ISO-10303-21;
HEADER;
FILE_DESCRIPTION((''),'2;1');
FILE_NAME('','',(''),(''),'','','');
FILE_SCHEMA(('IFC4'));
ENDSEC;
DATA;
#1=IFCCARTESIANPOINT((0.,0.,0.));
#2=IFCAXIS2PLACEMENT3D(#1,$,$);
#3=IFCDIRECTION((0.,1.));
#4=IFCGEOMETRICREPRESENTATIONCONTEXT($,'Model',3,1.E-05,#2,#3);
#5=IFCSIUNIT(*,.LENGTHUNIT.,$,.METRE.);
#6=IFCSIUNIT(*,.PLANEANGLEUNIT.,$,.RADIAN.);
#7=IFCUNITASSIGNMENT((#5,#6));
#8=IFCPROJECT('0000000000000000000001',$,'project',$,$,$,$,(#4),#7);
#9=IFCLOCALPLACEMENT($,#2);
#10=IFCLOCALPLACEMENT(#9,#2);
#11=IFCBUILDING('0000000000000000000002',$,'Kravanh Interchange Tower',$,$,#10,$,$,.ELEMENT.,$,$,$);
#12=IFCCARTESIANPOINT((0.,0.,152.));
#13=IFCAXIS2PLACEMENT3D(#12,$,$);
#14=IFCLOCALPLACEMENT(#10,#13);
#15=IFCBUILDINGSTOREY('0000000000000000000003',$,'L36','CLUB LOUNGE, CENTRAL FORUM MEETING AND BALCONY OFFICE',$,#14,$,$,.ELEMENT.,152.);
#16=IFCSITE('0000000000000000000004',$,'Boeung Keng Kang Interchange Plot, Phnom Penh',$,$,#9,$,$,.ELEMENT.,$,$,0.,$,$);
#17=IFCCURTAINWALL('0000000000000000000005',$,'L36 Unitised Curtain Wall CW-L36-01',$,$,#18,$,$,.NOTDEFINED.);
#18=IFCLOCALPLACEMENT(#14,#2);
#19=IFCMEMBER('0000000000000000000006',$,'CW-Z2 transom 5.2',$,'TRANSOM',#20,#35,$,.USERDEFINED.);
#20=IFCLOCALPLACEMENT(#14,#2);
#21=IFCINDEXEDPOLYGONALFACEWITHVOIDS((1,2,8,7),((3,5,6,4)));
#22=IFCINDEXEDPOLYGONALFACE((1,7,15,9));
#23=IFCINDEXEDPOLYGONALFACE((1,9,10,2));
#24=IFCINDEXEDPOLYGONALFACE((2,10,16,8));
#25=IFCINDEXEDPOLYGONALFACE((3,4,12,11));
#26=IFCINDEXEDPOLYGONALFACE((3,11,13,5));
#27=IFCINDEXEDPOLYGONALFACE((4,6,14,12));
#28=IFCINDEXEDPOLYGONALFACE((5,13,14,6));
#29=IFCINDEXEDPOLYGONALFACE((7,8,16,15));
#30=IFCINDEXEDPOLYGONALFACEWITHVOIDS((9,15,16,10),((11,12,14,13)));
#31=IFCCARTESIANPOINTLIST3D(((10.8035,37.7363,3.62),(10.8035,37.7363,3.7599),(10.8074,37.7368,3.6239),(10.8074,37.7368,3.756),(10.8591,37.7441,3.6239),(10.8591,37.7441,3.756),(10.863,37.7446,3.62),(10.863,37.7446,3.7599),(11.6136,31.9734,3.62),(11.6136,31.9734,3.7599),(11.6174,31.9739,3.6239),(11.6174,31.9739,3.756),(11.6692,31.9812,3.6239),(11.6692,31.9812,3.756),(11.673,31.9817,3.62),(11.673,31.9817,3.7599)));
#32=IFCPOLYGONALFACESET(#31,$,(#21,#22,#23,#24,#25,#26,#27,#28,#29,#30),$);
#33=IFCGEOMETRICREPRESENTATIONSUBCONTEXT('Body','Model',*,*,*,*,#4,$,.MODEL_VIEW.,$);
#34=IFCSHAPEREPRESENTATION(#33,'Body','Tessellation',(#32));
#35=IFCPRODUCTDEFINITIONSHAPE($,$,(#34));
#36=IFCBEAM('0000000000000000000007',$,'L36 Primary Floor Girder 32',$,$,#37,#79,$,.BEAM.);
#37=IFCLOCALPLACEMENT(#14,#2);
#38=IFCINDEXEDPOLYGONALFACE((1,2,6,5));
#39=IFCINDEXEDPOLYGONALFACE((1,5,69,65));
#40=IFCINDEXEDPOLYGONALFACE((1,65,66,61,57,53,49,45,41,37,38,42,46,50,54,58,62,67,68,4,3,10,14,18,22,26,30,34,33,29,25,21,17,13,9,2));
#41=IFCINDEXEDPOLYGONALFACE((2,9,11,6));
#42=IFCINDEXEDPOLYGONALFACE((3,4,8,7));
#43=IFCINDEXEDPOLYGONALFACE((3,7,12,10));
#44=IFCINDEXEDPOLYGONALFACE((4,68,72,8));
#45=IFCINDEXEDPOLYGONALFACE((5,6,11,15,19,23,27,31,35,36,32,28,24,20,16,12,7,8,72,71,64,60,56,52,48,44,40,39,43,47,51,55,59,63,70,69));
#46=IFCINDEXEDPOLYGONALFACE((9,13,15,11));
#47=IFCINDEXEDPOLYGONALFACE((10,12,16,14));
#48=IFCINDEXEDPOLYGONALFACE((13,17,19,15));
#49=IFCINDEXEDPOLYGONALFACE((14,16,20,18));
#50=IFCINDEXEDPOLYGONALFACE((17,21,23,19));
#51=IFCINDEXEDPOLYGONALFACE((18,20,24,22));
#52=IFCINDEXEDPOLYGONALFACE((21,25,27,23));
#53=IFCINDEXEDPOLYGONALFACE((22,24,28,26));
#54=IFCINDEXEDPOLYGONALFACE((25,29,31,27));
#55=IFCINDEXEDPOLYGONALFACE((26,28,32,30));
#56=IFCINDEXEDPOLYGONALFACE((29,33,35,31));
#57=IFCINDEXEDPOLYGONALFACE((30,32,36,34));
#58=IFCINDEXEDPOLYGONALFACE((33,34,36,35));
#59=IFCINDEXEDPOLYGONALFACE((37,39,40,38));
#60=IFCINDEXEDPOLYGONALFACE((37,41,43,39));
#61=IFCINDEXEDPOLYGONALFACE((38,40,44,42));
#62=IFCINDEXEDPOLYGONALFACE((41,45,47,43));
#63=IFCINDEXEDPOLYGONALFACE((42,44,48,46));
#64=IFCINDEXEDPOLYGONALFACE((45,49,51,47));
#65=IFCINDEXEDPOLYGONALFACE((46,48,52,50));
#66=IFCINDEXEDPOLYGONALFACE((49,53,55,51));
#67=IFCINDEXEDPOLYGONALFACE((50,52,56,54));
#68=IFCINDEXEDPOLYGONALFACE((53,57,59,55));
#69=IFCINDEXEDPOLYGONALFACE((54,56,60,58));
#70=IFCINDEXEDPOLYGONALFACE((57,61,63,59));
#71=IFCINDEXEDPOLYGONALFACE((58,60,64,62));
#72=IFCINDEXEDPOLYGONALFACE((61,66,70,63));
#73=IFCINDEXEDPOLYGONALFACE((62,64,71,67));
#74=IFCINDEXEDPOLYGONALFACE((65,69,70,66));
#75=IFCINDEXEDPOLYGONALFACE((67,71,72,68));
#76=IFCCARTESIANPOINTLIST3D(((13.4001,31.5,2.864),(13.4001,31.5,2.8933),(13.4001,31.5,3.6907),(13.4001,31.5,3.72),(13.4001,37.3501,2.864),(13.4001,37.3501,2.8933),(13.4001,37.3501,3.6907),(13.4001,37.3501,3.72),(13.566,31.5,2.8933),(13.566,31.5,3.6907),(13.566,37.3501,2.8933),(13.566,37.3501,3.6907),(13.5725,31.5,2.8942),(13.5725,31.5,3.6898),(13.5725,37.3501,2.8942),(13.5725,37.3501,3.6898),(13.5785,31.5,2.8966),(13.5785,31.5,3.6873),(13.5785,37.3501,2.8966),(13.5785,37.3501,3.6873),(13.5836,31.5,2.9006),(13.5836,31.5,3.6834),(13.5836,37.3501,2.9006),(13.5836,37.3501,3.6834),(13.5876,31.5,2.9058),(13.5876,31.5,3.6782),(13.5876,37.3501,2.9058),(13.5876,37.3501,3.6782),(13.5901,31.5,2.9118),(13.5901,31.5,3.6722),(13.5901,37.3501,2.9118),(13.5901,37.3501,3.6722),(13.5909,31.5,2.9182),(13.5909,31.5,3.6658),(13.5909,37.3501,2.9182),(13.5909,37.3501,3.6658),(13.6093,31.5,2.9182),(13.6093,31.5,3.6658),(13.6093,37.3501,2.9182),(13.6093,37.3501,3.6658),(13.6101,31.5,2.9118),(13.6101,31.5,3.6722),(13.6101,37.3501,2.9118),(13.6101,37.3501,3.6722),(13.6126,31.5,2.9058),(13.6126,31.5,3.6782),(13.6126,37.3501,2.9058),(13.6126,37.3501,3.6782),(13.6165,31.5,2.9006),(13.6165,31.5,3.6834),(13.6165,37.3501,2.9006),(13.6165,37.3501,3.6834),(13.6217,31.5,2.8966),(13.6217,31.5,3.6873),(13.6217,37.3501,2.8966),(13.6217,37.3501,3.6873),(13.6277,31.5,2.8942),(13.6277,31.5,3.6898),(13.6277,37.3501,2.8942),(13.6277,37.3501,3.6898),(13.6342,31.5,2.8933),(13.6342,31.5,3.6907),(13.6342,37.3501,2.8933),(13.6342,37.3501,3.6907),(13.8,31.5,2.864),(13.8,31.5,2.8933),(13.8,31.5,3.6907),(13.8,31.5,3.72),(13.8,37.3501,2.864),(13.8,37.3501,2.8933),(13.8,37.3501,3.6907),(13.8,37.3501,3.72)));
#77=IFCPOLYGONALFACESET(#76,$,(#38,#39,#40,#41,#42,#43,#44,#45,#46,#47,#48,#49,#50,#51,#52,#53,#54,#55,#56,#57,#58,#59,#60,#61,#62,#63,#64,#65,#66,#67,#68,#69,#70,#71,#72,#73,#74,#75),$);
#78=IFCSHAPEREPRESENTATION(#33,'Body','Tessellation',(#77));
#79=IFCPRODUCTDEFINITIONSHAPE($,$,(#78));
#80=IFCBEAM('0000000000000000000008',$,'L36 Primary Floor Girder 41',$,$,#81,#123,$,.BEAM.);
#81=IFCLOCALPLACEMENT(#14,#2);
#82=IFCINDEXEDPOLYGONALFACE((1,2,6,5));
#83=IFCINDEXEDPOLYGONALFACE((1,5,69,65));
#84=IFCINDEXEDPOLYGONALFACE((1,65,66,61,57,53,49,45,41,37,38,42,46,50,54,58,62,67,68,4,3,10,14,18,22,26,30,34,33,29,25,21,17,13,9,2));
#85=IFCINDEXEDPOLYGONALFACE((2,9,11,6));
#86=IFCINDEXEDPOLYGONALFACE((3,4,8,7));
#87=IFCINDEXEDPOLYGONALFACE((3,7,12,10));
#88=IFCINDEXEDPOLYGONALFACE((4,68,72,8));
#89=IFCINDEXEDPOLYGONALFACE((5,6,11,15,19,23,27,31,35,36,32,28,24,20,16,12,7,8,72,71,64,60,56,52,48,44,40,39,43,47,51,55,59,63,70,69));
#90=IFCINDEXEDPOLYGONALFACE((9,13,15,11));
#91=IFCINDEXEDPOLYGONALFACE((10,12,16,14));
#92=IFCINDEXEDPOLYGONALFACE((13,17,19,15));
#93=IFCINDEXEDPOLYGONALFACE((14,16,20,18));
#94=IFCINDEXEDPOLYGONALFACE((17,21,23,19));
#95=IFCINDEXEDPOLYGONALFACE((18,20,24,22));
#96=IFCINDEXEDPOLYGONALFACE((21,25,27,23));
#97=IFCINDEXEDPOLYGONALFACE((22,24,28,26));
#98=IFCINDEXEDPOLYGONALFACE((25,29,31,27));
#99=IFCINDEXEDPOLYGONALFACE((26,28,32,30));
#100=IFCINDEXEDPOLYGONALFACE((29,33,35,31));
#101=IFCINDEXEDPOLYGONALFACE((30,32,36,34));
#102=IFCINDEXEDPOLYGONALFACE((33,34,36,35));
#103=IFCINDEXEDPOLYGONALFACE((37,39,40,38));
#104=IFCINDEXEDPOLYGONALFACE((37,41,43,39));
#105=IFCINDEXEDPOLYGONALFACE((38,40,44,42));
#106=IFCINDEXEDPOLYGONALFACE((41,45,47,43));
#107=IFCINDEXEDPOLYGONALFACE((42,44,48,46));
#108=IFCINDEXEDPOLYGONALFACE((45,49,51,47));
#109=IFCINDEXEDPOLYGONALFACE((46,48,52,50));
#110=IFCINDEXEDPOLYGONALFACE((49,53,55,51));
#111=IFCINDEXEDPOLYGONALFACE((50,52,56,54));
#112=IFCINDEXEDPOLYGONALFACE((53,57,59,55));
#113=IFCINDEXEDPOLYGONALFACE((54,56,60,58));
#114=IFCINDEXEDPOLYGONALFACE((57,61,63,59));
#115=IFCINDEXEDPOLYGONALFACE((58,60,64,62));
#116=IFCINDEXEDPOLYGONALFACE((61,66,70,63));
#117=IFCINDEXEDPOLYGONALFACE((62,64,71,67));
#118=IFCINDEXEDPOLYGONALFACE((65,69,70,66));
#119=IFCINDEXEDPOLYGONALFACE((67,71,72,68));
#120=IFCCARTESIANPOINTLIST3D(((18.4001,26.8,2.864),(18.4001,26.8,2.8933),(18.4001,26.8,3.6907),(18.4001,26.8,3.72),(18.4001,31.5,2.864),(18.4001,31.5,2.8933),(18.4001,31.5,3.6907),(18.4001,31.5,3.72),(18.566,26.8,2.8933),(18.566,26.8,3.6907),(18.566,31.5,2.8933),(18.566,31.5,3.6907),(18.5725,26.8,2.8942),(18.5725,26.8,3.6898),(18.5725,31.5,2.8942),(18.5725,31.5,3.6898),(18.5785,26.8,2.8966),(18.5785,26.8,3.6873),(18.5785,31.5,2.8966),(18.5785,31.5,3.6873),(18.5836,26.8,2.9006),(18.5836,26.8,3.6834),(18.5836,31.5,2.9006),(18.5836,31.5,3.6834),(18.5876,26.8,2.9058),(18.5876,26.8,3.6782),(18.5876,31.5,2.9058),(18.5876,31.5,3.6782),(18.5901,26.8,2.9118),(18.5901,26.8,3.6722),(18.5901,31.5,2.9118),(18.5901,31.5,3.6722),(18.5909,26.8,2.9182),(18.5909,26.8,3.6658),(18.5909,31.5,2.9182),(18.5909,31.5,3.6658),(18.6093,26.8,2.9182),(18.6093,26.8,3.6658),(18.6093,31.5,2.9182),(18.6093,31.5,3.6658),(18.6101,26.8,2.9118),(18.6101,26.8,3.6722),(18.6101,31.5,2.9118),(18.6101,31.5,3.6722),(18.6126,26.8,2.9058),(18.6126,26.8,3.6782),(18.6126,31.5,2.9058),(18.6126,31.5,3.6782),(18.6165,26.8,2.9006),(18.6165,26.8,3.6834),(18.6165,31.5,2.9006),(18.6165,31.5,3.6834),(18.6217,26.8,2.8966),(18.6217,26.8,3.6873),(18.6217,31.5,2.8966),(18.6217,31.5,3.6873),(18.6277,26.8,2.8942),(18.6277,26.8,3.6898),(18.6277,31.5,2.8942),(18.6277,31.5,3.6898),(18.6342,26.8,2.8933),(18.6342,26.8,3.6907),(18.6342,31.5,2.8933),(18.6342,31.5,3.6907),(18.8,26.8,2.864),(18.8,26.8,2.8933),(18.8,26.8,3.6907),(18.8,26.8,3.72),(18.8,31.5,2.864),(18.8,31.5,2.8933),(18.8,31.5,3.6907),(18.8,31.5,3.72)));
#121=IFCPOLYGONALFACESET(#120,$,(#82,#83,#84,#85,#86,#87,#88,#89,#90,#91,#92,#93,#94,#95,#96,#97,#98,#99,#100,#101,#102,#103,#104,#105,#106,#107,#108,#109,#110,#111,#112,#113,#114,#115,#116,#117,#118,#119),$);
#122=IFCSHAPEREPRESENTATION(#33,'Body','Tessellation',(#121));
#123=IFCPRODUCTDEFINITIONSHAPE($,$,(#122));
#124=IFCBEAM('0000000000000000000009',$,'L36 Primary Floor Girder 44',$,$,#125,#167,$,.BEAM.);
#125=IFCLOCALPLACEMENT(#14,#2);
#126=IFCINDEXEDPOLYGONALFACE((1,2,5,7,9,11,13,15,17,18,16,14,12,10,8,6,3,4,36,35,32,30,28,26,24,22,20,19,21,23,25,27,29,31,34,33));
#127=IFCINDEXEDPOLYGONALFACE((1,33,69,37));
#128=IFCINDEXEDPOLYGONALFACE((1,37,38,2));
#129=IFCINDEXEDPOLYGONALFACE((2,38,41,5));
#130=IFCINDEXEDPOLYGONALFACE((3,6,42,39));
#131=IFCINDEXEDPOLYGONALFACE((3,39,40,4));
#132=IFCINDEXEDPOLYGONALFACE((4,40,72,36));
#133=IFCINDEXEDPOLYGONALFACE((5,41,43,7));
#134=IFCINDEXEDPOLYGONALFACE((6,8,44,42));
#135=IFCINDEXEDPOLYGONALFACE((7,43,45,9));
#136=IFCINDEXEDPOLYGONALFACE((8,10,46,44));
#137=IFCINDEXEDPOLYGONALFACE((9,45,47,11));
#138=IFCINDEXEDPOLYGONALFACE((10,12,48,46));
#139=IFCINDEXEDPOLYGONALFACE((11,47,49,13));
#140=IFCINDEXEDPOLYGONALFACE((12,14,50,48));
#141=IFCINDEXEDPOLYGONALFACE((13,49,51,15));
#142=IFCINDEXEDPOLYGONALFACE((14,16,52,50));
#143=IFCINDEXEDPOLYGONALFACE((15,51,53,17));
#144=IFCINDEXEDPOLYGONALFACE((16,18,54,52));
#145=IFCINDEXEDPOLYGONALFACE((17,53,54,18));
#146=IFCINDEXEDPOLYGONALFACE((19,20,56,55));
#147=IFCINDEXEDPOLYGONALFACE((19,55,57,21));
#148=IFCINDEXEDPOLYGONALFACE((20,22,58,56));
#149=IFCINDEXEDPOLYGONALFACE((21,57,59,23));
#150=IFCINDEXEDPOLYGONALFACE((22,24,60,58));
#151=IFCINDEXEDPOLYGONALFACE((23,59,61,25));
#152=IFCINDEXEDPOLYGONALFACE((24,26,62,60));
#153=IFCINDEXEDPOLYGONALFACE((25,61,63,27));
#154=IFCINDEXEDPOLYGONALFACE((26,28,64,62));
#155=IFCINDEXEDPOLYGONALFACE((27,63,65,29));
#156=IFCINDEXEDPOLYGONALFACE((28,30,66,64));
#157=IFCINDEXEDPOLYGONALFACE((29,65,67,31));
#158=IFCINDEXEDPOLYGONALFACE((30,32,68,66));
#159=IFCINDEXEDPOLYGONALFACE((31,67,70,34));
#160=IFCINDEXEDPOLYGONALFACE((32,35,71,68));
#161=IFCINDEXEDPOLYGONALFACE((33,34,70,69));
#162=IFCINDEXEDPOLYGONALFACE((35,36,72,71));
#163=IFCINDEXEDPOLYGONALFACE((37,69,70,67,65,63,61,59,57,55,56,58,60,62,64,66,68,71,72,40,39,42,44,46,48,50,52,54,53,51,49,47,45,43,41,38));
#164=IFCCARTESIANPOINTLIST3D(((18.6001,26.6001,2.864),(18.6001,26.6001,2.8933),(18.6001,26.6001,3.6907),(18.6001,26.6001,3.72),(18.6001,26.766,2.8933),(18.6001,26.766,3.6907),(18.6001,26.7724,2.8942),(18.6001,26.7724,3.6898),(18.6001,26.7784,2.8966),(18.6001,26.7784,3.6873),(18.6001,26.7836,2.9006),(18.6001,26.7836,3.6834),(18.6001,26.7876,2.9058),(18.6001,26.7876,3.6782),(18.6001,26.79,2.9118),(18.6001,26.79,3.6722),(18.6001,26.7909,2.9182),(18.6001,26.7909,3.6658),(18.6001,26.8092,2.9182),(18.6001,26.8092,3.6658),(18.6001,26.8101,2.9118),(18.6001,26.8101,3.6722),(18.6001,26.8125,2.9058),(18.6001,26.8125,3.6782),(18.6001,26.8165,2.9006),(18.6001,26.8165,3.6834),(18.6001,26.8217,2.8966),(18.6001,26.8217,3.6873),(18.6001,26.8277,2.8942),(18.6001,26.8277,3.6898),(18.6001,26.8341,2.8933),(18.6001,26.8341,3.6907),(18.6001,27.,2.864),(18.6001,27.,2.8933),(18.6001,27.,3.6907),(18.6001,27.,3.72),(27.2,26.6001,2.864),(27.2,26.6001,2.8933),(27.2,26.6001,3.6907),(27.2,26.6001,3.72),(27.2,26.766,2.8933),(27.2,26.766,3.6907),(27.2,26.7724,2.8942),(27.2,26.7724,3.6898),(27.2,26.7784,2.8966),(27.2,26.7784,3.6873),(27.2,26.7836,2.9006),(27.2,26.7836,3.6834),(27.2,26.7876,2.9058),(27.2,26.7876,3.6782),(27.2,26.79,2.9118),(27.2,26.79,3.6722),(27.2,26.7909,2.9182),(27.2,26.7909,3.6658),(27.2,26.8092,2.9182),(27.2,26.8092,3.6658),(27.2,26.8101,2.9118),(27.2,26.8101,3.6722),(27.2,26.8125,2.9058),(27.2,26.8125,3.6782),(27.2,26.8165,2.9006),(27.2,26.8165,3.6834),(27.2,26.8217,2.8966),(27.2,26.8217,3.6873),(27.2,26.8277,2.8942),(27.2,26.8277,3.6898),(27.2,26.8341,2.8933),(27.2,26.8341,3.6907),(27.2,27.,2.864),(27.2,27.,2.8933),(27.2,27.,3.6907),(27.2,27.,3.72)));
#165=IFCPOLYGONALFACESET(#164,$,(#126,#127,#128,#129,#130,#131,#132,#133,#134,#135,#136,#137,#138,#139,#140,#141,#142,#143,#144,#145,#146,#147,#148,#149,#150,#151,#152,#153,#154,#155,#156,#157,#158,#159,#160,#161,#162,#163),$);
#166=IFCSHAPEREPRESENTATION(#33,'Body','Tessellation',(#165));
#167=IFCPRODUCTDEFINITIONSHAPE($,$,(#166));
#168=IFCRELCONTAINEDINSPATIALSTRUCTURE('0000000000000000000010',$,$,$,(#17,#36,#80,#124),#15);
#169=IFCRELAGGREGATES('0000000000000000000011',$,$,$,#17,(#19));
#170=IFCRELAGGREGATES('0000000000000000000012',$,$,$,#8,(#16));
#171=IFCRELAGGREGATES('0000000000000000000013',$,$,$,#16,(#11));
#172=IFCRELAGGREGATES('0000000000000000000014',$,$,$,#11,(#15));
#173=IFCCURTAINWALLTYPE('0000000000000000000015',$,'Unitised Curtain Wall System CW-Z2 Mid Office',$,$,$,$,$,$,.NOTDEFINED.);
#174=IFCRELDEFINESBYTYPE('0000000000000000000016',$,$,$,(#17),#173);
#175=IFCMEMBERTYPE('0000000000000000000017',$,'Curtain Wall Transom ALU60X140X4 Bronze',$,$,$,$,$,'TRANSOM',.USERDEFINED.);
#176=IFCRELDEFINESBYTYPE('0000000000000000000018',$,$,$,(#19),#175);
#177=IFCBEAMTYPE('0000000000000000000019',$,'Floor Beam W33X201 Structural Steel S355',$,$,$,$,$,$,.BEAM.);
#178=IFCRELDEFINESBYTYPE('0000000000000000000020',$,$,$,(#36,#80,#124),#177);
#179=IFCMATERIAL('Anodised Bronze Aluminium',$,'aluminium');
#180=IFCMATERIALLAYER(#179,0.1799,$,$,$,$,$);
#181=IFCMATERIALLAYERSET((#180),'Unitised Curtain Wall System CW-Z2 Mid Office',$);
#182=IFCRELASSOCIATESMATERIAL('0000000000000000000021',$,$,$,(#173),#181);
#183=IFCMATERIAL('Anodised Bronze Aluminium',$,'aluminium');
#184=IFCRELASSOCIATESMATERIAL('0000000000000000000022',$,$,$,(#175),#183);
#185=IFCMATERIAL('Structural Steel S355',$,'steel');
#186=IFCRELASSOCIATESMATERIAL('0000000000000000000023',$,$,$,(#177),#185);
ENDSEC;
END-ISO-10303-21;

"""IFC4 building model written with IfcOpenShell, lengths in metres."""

from ifc_helpers import new_model, si_unit, direction, frame, origin, origin_2d, place, context, subcontext, project, spatial, hollow_rectangle, i_section, extrude, material, layer, layer_set, material_profile, profile_set, type_object, element, aggregate, save


model = new_model("IFC4")

# Units and contexts
model_context = context("Model", 3, precision=1e-05, world=origin(), true_north=direction((0.0, 1.0)))
body_context = subcontext(model_context, "Body", "Model", "MODEL_VIEW")
ifc_project = project(units=[si_unit("LENGTHUNIT", "METRE"), si_unit("PLANEANGLEUNIT", "RADIAN")], contexts=[model_context])

# Site, building, storey
site_placement = place(None, origin())
site = spatial("IfcSite", under=ifc_project, at=site_placement, Name="Boeung Keng Kang Interchange Plot, Phnom Penh", CompositionType="ELEMENT", RefElevation=0.0)
building_placement = place(site_placement, origin())
building = spatial("IfcBuilding", under=site, at=building_placement, Name="Kravanh Interchange Tower", CompositionType="ELEMENT")
storey_placement = place(building_placement, frame((0.0, 0.0, 152.0)))
storey = spatial("IfcBuildingStorey", under=building, at=storey_placement, Name="L36", Description="CLUB LOUNGE, CENTRAL FORUM MEETING AND BALCONY OFFICE", CompositionType="ELEMENT", Elevation=152.0)

# Curtain wall, member
ifc_material_1 = material(Name="Anodised Bronze Aluminium", Category="aluminium")
ifc_layer_1 = layer(ifc_material_1, 0.1799)
ifc_layer_set_1 = layer_set([ifc_layer_1], Name="Unitised Curtain Wall System CW-Z2 Mid Office")
curtain_wall_type = type_object("IfcCurtainWallType", Name="Unitised Curtain Wall System CW-Z2 Mid Office", PredefinedType="NOTDEFINED", material=ifc_layer_set_1)
curtain_wall_placement = place(storey_placement, origin())
curtain_wall = element("IfcCurtainWall", 1, at=curtain_wall_placement, inside=storey, type_object=curtain_wall_type, Name="L36 Unitised Curtain Wall CW-L36-01", PredefinedType="NOTDEFINED")
ifc_material_2 = material(Name="Anodised Bronze Aluminium", Category="aluminium")
ifc_material_profile_1 = material_profile(ifc_material_2, hollow_rectangle(XDim=0.0601, YDim=0.1399, WallThickness=0.0039, at=origin_2d()), Name="ALU60X140X4")
ifc_profile_set_1 = profile_set([ifc_material_profile_1], Name="Anodised Bronze Aluminium")
member_type_1 = type_object("IfcMemberType", Name="Curtain Wall Transom ALU60X140X4 Bronze", ElementType="TRANSOM", PredefinedType="USERDEFINED", material=ifc_profile_set_1)
member_1_placement = place(storey_placement, frame((11.6433, 31.9775, 3.6899), z_axis=(-0.139195, 0.990265, 0.0), x_axis=(-0.990265, -0.139195, 0.0)))
member_1 = element("IfcMember", 2, at=member_1_placement, type_object=member_type_1, Name="CW-Z2 transom 5.2", ObjectType="TRANSOM", PredefinedType="USERDEFINED", context=body_context, shape_type="SweptSolid", body=[
    extrude(hollow_rectangle(XDim=0.0601, YDim=0.1399, WallThickness=0.0039, at=origin_2d()), origin(), (0.0, 0.0, 1.0), 5.8196),
])

# Beams
ifc_material_3 = material(Name="Structural Steel S355", Category="steel")
ifc_material_profile_2 = material_profile(ifc_material_3, i_section(OverallWidth=0.3999, OverallDepth=0.856, WebThickness=0.0183, FlangeThickness=0.0293, FilletRadius=0.0249, at=origin_2d()), Name="W33X201")
ifc_profile_set_2 = profile_set([ifc_material_profile_2], Name="Structural Steel S355")
beam_type_1 = type_object("IfcBeamType", Name="Floor Beam W33X201 Structural Steel S355", PredefinedType="BEAM", material=ifc_profile_set_2)
beam_1_placement = place(storey_placement, frame((13.6001, 37.3501, 3.292), z_axis=(0.0, -1.0, 0.0), x_axis=(1.0, 0.0, 0.0)))
element("IfcBeam", 3, at=beam_1_placement, inside=storey, type_object=beam_type_1, Name="L36 Primary Floor Girder 32", PredefinedType="BEAM", context=body_context, shape_type="SweptSolid", body=[
    extrude(i_section(OverallWidth=0.3999, OverallDepth=0.856, WebThickness=0.0183, FlangeThickness=0.0293, FilletRadius=0.0249, at=origin_2d()), origin(), (0.0, 0.0, 1.0), 5.8501),
])
beam_2_placement = place(storey_placement, frame((18.6001, 26.8, 3.292), z_axis=(0.0, 1.0, 0.0), x_axis=(-1.0, 0.0, 0.0)))
element("IfcBeam", 4, at=beam_2_placement, inside=storey, type_object=beam_type_1, Name="L36 Primary Floor Girder 41", PredefinedType="BEAM", context=body_context, shape_type="SweptSolid", body=[
    extrude(i_section(OverallWidth=0.3999, OverallDepth=0.856, WebThickness=0.0183, FlangeThickness=0.0293, FilletRadius=0.0249, at=origin_2d()), origin(), (0.0, 0.0, 1.0), 4.7),
])
beam_3_placement = place(storey_placement, frame((18.6001, 26.8, 3.292), z_axis=(1.0, 0.0, 0.0), x_axis=(0.0, 1.0, 0.0)))
element("IfcBeam", 5, at=beam_3_placement, inside=storey, type_object=beam_type_1, Name="L36 Primary Floor Girder 44", PredefinedType="BEAM", context=body_context, shape_type="SweptSolid", body=[
    extrude(i_section(OverallWidth=0.3999, OverallDepth=0.856, WebThickness=0.0183, FlangeThickness=0.0293, FilletRadius=0.0249, at=origin_2d()), origin(), (0.0, 0.0, 1.0), 8.5999),
])

aggregate(curtain_wall, [member_1])

save(model, "model.ifc")
